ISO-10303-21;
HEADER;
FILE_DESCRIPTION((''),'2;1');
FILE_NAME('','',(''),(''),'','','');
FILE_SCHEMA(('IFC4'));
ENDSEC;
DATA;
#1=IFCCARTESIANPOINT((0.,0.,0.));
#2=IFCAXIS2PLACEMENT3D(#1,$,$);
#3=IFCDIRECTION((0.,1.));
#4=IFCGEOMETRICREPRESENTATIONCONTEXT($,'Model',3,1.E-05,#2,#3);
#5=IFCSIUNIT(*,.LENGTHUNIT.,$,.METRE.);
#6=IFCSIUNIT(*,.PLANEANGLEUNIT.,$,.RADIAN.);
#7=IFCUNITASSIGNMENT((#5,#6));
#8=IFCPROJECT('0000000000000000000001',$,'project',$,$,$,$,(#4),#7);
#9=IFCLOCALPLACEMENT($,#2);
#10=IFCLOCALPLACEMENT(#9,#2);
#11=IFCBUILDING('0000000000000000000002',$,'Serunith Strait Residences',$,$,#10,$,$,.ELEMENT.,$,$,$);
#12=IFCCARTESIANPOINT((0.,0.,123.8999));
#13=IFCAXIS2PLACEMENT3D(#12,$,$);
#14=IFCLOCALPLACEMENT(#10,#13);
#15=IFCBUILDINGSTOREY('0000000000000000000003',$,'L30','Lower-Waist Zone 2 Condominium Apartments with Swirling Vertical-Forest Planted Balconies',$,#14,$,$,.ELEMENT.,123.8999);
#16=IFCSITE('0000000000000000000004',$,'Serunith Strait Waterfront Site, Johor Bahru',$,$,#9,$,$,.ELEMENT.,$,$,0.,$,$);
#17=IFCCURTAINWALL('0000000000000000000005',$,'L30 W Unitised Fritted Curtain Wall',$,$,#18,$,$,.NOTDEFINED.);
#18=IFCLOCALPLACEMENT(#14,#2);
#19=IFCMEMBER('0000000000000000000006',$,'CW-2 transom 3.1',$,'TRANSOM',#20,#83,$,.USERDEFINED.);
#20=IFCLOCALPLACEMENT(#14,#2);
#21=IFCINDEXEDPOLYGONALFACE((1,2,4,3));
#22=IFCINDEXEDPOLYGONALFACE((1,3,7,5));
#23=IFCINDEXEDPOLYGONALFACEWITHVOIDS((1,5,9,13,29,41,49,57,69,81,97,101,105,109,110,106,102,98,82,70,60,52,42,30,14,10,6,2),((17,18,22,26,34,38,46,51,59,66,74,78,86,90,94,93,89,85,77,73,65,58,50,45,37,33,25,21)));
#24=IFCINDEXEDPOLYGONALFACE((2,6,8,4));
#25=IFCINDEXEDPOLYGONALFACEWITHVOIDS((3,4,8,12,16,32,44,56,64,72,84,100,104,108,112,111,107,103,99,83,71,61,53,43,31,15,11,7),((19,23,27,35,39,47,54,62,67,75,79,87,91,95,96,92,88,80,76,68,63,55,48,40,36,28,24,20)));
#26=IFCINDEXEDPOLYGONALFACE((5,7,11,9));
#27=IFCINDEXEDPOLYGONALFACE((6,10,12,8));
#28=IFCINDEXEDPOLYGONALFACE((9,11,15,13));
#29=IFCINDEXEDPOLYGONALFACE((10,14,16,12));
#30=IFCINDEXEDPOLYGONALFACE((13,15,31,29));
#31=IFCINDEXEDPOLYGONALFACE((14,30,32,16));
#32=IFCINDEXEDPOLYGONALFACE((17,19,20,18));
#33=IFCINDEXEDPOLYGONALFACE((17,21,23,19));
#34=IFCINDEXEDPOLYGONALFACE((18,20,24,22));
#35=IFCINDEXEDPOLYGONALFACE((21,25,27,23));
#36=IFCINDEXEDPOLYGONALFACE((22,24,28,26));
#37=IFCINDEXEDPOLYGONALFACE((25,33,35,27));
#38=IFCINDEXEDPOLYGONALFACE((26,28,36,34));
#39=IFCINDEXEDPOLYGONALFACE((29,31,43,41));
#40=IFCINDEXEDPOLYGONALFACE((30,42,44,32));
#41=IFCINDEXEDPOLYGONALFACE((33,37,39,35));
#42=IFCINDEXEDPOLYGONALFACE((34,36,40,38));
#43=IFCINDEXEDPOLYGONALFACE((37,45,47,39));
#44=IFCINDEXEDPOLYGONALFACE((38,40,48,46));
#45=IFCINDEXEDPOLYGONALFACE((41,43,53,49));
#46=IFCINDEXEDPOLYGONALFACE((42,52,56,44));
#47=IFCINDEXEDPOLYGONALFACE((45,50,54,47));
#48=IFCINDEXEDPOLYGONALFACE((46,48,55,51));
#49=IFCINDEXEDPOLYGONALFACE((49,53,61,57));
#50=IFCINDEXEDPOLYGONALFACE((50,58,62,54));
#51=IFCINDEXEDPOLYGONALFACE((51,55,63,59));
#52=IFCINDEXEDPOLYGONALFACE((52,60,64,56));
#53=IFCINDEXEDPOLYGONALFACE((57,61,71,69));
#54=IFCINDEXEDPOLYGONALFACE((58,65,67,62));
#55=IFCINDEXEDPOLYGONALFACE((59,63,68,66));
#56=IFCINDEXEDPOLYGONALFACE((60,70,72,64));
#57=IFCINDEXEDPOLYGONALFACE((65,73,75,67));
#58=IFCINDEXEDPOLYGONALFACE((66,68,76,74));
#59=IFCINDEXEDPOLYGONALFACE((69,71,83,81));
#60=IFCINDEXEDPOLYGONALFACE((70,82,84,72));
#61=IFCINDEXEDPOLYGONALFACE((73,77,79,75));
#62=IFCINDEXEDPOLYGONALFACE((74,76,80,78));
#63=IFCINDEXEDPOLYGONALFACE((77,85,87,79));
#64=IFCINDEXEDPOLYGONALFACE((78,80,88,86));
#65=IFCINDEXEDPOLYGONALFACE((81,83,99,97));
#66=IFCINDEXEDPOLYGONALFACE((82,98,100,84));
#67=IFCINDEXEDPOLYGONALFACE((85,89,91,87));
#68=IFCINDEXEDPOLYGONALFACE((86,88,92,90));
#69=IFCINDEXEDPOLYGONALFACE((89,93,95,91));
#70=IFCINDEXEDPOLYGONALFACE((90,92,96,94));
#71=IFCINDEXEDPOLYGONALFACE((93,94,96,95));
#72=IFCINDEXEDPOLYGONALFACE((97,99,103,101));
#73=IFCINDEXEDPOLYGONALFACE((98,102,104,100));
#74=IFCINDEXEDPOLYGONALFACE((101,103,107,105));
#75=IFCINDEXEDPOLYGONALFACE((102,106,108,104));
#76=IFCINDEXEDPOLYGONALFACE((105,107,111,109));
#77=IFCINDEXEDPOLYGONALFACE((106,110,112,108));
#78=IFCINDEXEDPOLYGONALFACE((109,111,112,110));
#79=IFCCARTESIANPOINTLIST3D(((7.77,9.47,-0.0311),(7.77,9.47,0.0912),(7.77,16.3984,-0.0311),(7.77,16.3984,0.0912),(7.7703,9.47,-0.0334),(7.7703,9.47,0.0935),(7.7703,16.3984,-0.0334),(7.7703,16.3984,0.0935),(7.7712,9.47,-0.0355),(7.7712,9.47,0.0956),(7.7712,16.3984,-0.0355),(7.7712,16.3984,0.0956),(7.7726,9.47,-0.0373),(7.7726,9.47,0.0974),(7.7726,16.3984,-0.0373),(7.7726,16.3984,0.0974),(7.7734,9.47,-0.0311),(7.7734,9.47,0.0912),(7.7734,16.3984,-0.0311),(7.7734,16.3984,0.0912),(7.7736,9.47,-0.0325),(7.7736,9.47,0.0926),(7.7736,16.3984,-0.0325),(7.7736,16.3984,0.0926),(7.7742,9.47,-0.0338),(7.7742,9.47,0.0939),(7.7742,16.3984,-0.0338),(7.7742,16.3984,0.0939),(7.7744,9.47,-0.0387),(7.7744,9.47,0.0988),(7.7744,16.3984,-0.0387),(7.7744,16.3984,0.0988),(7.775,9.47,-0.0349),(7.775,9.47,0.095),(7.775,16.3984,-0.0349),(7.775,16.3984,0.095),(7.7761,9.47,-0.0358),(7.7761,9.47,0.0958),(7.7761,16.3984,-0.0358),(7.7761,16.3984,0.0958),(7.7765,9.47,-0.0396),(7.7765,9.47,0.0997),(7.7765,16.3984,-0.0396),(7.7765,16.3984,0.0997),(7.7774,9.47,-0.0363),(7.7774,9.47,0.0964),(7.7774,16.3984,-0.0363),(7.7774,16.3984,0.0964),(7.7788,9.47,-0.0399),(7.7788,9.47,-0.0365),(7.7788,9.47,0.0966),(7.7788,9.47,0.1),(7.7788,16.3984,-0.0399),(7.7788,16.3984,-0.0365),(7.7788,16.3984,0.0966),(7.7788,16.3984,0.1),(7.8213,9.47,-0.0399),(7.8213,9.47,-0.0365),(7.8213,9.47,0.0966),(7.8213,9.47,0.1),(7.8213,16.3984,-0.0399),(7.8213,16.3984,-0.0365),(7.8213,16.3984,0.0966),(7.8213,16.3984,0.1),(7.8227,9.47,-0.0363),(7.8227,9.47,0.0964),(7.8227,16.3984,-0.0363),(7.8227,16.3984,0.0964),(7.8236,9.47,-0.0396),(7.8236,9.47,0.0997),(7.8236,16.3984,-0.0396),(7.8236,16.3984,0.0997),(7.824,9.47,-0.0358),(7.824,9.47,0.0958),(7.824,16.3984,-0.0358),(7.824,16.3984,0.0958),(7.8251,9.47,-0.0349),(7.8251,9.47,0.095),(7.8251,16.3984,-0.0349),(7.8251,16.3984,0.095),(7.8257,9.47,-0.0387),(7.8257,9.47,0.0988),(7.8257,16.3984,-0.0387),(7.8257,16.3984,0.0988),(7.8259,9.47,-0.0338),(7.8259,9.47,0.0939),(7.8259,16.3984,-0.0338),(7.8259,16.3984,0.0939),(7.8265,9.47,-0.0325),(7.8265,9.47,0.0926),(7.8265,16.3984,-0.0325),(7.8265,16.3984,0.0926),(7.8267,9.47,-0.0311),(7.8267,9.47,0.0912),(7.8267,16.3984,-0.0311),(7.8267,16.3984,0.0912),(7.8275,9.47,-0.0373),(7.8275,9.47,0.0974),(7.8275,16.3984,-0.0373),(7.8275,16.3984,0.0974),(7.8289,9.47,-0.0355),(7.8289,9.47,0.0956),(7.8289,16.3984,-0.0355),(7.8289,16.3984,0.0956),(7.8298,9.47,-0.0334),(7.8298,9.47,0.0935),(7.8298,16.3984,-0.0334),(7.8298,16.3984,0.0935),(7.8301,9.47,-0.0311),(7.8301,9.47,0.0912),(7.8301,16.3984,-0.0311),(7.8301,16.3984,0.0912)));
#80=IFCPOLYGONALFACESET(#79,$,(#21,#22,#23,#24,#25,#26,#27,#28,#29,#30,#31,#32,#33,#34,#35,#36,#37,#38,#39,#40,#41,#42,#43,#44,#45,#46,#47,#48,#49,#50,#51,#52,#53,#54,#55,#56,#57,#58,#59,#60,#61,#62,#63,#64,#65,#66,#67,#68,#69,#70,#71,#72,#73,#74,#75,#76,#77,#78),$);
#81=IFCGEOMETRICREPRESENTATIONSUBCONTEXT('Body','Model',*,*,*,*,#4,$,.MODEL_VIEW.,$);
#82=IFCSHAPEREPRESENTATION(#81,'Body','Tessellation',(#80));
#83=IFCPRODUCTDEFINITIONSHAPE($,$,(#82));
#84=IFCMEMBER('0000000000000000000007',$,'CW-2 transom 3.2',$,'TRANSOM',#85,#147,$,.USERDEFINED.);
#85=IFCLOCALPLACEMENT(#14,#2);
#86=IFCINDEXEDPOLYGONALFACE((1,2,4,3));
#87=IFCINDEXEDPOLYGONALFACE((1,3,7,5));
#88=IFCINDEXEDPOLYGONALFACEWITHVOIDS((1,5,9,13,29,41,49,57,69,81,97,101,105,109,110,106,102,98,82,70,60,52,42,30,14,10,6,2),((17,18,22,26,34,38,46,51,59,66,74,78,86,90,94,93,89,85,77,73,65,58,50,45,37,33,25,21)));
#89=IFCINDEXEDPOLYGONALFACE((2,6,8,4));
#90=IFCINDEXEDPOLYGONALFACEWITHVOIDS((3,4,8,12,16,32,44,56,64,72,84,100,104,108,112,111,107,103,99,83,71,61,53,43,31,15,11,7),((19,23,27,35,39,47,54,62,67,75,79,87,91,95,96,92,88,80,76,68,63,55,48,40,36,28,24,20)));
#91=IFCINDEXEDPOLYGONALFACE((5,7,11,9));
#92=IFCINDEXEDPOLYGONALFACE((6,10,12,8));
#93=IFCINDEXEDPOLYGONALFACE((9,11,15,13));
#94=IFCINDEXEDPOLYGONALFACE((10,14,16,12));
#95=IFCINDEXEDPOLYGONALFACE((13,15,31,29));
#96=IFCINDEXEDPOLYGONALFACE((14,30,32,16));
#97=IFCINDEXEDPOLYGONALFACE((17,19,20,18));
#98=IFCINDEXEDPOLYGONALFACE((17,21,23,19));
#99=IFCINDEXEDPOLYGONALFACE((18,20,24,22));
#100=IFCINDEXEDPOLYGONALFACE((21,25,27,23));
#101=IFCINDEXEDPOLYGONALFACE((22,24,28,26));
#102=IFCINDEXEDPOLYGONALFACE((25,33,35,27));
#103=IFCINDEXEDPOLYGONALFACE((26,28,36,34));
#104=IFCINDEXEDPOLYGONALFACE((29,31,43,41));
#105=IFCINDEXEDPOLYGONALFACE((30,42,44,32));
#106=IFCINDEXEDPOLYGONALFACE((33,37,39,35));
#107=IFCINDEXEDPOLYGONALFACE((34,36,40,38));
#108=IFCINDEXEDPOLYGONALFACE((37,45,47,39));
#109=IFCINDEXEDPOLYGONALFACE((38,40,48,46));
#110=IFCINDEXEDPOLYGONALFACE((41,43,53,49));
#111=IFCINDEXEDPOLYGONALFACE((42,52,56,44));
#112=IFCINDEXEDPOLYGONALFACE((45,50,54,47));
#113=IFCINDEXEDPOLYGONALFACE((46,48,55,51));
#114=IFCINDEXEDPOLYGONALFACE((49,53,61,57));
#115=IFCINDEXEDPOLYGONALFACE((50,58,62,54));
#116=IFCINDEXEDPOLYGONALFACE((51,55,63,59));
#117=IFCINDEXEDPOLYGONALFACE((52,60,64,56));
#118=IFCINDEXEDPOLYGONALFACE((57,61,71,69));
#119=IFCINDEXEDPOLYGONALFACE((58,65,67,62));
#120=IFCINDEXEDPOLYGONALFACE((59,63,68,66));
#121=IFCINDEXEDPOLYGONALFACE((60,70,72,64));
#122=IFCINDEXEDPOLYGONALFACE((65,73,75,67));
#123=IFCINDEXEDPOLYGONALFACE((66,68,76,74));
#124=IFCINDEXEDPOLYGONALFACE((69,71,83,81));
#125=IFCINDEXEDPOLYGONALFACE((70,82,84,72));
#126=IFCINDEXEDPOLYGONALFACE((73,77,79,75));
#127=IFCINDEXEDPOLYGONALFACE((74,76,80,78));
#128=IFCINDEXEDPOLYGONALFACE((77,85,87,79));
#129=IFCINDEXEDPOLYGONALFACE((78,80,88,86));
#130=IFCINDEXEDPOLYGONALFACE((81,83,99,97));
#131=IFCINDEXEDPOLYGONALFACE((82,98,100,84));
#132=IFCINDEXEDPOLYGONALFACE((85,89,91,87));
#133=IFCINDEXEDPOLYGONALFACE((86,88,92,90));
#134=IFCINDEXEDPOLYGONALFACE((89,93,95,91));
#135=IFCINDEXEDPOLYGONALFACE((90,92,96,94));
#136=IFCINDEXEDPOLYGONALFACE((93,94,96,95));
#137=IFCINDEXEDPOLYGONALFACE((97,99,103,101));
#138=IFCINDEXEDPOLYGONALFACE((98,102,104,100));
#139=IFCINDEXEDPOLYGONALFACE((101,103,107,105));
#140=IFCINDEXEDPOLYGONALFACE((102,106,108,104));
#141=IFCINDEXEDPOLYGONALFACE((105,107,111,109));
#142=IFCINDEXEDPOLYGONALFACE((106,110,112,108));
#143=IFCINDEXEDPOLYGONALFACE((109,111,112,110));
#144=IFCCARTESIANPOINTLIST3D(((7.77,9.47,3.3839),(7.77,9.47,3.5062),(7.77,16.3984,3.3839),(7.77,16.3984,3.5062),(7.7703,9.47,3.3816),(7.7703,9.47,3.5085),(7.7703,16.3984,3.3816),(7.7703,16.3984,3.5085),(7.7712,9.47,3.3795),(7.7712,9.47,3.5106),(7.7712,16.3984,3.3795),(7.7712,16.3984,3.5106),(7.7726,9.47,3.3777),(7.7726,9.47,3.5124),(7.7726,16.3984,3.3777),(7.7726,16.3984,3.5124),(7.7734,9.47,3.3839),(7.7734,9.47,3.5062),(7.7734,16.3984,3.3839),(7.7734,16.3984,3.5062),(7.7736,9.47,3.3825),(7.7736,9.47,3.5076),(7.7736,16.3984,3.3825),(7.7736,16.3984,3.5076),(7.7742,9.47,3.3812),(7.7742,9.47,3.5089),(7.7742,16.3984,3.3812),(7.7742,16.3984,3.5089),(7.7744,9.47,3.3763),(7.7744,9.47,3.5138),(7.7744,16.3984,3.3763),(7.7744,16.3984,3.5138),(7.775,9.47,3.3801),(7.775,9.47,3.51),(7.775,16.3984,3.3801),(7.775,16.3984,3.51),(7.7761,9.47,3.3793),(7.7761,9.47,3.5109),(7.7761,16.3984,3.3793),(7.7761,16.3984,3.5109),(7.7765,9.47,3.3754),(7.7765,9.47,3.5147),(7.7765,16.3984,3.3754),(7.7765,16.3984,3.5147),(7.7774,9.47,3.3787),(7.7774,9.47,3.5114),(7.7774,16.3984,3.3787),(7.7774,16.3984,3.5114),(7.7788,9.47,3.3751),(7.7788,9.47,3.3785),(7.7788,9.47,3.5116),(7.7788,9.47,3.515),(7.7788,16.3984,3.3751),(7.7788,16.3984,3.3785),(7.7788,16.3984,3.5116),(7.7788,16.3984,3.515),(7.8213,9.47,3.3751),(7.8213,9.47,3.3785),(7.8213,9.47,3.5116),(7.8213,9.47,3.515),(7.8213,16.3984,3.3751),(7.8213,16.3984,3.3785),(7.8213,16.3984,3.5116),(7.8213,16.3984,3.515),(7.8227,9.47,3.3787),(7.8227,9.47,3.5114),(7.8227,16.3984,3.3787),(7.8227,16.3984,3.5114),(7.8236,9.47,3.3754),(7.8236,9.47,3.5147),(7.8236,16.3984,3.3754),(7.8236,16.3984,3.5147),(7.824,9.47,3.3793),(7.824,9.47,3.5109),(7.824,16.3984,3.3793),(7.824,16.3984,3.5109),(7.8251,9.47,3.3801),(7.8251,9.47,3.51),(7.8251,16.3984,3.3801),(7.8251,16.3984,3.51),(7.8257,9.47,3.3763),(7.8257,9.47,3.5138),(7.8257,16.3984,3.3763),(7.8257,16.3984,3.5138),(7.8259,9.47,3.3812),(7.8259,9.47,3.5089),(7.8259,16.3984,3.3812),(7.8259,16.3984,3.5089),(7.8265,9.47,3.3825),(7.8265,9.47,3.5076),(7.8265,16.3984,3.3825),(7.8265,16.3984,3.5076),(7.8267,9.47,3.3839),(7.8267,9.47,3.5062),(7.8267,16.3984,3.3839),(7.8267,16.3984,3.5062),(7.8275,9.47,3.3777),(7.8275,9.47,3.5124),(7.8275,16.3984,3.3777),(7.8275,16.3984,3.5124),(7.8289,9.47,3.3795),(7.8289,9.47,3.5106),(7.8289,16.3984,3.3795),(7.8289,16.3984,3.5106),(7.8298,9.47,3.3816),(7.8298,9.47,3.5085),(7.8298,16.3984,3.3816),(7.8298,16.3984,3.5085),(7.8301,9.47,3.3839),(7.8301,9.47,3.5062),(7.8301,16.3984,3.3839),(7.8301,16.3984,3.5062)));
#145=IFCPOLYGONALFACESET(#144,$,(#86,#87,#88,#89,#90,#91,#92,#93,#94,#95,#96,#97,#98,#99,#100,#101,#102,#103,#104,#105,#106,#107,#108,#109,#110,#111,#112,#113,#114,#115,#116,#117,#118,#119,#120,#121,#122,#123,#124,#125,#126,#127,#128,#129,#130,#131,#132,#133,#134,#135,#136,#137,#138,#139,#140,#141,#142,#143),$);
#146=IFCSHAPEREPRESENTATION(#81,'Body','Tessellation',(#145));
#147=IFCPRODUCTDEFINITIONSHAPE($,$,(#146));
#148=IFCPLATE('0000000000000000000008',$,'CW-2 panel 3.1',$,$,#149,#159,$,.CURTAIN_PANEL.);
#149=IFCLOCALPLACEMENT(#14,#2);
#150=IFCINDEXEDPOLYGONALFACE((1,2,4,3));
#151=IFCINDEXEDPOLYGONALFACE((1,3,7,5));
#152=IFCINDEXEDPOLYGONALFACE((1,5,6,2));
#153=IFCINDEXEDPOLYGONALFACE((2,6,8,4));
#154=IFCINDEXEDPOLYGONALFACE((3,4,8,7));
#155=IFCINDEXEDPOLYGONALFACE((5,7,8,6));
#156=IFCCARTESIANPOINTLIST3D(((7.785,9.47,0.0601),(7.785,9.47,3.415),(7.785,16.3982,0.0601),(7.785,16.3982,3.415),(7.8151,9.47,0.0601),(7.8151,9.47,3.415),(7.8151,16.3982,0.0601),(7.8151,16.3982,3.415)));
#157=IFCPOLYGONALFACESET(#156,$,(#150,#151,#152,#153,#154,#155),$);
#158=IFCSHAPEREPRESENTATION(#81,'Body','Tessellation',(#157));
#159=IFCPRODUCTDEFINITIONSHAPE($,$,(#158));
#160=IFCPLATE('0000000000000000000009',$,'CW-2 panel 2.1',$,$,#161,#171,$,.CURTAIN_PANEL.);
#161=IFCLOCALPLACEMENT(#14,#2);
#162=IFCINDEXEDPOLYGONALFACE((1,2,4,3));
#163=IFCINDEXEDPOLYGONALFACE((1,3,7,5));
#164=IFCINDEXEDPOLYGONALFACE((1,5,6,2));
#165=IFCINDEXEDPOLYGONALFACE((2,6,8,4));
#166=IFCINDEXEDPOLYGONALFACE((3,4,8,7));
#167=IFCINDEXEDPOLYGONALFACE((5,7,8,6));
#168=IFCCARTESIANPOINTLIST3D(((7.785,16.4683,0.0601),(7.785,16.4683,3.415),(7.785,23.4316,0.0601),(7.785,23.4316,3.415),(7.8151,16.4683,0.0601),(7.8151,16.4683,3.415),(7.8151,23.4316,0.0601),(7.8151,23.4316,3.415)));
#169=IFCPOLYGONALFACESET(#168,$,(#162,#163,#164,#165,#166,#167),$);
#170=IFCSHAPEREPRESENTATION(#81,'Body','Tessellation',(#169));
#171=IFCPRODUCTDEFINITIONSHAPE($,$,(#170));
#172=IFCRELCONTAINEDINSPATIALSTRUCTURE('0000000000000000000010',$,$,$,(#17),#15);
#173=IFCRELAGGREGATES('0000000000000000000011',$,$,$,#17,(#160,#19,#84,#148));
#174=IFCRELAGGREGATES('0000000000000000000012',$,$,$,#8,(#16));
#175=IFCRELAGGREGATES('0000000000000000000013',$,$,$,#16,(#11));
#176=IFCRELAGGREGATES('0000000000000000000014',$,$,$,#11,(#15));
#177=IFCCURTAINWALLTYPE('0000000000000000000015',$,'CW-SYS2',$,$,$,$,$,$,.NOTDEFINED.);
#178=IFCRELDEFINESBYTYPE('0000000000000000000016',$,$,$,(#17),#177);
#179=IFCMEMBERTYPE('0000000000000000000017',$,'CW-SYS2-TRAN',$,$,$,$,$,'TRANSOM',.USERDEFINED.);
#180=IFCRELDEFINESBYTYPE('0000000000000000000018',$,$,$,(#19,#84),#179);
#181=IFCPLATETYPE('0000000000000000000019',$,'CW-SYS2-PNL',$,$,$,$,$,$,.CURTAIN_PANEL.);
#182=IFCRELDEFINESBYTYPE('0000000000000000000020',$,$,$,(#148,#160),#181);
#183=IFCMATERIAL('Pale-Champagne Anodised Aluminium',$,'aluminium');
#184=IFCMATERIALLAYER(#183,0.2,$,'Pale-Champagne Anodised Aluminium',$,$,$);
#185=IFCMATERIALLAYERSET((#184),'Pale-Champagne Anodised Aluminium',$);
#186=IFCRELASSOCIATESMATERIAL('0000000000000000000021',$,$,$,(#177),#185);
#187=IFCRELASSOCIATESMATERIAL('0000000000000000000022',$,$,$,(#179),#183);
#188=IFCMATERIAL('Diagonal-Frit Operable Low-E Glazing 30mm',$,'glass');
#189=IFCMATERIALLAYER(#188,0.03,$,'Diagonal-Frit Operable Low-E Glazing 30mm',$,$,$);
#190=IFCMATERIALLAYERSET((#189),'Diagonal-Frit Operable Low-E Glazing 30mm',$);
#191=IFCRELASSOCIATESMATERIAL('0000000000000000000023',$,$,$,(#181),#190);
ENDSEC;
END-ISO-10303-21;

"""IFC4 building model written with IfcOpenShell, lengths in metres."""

from ifc_helpers import new_model, si_unit, direction, frame, origin, origin_2d, place, context, subcontext, project, spatial, rectangle, hollow_rectangle, extrude, source, transform, mapped, material, layer, layer_set, material_profile, profile_set, type_object, element, aggregate, save


model = new_model("IFC4")

# Units and contexts
model_context = context("Model", 3, precision=1e-05, world=origin(), true_north=direction((0.0, 1.0)))
body_context = subcontext(model_context, "Body", "Model", "MODEL_VIEW")
ifc_project = project(units=[si_unit("LENGTHUNIT", "METRE"), si_unit("PLANEANGLEUNIT", "RADIAN")], contexts=[model_context])

# Site, building, storey
site_placement = place(None, origin())
site = spatial("IfcSite", under=ifc_project, at=site_placement, Name="Serunith Strait Waterfront Site, Johor Bahru", CompositionType="ELEMENT", RefElevation=0.0)
building_placement = place(site_placement, origin())
building = spatial("IfcBuilding", under=site, at=building_placement, Name="Serunith Strait Residences", CompositionType="ELEMENT")
storey_placement = place(building_placement, frame((0.0, 0.0, 123.8999)))
storey = spatial("IfcBuildingStorey", under=building, at=storey_placement, Name="L30", Description="Lower-Waist Zone 2 Condominium Apartments with Swirling Vertical-Forest Planted Balconies", CompositionType="ELEMENT", Elevation=123.8999)

# Curtain wall, members, plates
ifc_material_1 = material(Name="Pale-Champagne Anodised Aluminium", Category="aluminium")
ifc_layer_1 = layer(ifc_material_1, 0.2, Name="Pale-Champagne Anodised Aluminium")
ifc_layer_set_1 = layer_set([ifc_layer_1], Name="Pale-Champagne Anodised Aluminium")
curtain_wall_type = type_object("IfcCurtainWallType", Name="CW-SYS2", PredefinedType="NOTDEFINED", material=ifc_layer_set_1)
curtain_wall_placement = place(storey_placement, origin())
curtain_wall = element("IfcCurtainWall", 1, at=curtain_wall_placement, inside=storey, type_object=curtain_wall_type, Name="L30 W Unitised Fritted Curtain Wall", PredefinedType="NOTDEFINED")
ifc_material_profile_1 = material_profile(ifc_material_1, hollow_rectangle(XDim=0.0601, YDim=0.1399, WallThickness=0.0034, InnerFilletRadius=0.0054, OuterFilletRadius=0.0088, at=origin_2d()), Name="ALU 140x60x3.5")
ifc_profile_set_1 = profile_set([ifc_material_profile_1], Name="Pale-Champagne Anodised Aluminium")
member_type_1 = type_object("IfcMemberType", Name="CW-SYS2-TRAN", ElementType="TRANSOM", PredefinedType="USERDEFINED", material=ifc_profile_set_1)
shared_shape_1 = source(origin(), body_context, "Body", "SweptSolid", [
    extrude(hollow_rectangle(XDim=0.0601, YDim=0.1399, WallThickness=0.0034, InnerFilletRadius=0.0054, OuterFilletRadius=0.0088, at=origin_2d()), origin(), (0.0, 0.0, 1.0), 6.9285),
])
member_1_placement = place(storey_placement, frame((7.8, 16.3984, 0.03), z_axis=(0.0, -1.0, 0.0), x_axis=(1.0, 0.0, 0.0)))
member_1 = element("IfcMember", 2, at=member_1_placement, type_object=member_type_1, Name="CW-2 transom 3.1", ObjectType="TRANSOM", PredefinedType="USERDEFINED", context=body_context, shape_type="MappedRepresentation", body=[
    mapped(shared_shape_1, transform((0.0, 0.0, 0.0), scale=1.0)),
])
member_2_placement = place(storey_placement, frame((7.8, 16.3984, 3.4451), z_axis=(0.0, -1.0, 0.0), x_axis=(1.0, 0.0, 0.0)))
member_2 = element("IfcMember", 3, at=member_2_placement, type_object=member_type_1, Name="CW-2 transom 3.2", ObjectType="TRANSOM", PredefinedType="USERDEFINED", context=body_context, shape_type="MappedRepresentation", body=[
    mapped(shared_shape_1, transform((0.0, 0.0, 0.0), scale=1.0)),
])
ifc_material_2 = material(Name="Diagonal-Frit Operable Low-E Glazing 30mm", Category="glass")
ifc_layer_2 = layer(ifc_material_2, 0.03, Name="Diagonal-Frit Operable Low-E Glazing 30mm")
ifc_layer_set_2 = layer_set([ifc_layer_2], Name="Diagonal-Frit Operable Low-E Glazing 30mm")
plate_type = type_object("IfcPlateType", Name="CW-SYS2-PNL", PredefinedType="CURTAIN_PANEL", material=ifc_layer_set_2)
shared_shape_2 = source(origin(), body_context, "Body", "SweptSolid", [
    extrude(rectangle(XDim=6.9282, YDim=0.03, at=origin_2d()), origin(), (0.0, 0.0, 1.0), 3.355),
])
plate_1_placement = place(storey_placement, frame((7.8, 12.9341, 0.0601), z_axis=(0.0, 0.0, 1.0), x_axis=(0.0, -1.0, 0.0)))
plate_1 = element("IfcPlate", 4, at=plate_1_placement, type_object=plate_type, Name="CW-2 panel 3.1", PredefinedType="CURTAIN_PANEL", context=body_context, shape_type="MappedRepresentation", body=[
    mapped(shared_shape_2, transform((0.0, 0.0, 0.0), scale=1.0)),
])
shared_shape_3 = source(origin(), body_context, "Body", "SweptSolid", [
    extrude(rectangle(XDim=6.9634, YDim=0.03, at=origin_2d()), origin(), (0.0, 0.0, 1.0), 3.355),
])
plate_2_placement = place(storey_placement, frame((7.8, 19.95, 0.0601), z_axis=(0.0, 0.0, 1.0), x_axis=(0.0, -1.0, 0.0)))
plate_2 = element("IfcPlate", 5, at=plate_2_placement, type_object=plate_type, Name="CW-2 panel 2.1", PredefinedType="CURTAIN_PANEL", context=body_context, shape_type="MappedRepresentation", body=[
    mapped(shared_shape_3, transform((0.0, 0.0, 0.0), scale=1.0)),
])
aggregate(curtain_wall, [plate_2, member_1, member_2, plate_1])

save(model, "model.ifc")
